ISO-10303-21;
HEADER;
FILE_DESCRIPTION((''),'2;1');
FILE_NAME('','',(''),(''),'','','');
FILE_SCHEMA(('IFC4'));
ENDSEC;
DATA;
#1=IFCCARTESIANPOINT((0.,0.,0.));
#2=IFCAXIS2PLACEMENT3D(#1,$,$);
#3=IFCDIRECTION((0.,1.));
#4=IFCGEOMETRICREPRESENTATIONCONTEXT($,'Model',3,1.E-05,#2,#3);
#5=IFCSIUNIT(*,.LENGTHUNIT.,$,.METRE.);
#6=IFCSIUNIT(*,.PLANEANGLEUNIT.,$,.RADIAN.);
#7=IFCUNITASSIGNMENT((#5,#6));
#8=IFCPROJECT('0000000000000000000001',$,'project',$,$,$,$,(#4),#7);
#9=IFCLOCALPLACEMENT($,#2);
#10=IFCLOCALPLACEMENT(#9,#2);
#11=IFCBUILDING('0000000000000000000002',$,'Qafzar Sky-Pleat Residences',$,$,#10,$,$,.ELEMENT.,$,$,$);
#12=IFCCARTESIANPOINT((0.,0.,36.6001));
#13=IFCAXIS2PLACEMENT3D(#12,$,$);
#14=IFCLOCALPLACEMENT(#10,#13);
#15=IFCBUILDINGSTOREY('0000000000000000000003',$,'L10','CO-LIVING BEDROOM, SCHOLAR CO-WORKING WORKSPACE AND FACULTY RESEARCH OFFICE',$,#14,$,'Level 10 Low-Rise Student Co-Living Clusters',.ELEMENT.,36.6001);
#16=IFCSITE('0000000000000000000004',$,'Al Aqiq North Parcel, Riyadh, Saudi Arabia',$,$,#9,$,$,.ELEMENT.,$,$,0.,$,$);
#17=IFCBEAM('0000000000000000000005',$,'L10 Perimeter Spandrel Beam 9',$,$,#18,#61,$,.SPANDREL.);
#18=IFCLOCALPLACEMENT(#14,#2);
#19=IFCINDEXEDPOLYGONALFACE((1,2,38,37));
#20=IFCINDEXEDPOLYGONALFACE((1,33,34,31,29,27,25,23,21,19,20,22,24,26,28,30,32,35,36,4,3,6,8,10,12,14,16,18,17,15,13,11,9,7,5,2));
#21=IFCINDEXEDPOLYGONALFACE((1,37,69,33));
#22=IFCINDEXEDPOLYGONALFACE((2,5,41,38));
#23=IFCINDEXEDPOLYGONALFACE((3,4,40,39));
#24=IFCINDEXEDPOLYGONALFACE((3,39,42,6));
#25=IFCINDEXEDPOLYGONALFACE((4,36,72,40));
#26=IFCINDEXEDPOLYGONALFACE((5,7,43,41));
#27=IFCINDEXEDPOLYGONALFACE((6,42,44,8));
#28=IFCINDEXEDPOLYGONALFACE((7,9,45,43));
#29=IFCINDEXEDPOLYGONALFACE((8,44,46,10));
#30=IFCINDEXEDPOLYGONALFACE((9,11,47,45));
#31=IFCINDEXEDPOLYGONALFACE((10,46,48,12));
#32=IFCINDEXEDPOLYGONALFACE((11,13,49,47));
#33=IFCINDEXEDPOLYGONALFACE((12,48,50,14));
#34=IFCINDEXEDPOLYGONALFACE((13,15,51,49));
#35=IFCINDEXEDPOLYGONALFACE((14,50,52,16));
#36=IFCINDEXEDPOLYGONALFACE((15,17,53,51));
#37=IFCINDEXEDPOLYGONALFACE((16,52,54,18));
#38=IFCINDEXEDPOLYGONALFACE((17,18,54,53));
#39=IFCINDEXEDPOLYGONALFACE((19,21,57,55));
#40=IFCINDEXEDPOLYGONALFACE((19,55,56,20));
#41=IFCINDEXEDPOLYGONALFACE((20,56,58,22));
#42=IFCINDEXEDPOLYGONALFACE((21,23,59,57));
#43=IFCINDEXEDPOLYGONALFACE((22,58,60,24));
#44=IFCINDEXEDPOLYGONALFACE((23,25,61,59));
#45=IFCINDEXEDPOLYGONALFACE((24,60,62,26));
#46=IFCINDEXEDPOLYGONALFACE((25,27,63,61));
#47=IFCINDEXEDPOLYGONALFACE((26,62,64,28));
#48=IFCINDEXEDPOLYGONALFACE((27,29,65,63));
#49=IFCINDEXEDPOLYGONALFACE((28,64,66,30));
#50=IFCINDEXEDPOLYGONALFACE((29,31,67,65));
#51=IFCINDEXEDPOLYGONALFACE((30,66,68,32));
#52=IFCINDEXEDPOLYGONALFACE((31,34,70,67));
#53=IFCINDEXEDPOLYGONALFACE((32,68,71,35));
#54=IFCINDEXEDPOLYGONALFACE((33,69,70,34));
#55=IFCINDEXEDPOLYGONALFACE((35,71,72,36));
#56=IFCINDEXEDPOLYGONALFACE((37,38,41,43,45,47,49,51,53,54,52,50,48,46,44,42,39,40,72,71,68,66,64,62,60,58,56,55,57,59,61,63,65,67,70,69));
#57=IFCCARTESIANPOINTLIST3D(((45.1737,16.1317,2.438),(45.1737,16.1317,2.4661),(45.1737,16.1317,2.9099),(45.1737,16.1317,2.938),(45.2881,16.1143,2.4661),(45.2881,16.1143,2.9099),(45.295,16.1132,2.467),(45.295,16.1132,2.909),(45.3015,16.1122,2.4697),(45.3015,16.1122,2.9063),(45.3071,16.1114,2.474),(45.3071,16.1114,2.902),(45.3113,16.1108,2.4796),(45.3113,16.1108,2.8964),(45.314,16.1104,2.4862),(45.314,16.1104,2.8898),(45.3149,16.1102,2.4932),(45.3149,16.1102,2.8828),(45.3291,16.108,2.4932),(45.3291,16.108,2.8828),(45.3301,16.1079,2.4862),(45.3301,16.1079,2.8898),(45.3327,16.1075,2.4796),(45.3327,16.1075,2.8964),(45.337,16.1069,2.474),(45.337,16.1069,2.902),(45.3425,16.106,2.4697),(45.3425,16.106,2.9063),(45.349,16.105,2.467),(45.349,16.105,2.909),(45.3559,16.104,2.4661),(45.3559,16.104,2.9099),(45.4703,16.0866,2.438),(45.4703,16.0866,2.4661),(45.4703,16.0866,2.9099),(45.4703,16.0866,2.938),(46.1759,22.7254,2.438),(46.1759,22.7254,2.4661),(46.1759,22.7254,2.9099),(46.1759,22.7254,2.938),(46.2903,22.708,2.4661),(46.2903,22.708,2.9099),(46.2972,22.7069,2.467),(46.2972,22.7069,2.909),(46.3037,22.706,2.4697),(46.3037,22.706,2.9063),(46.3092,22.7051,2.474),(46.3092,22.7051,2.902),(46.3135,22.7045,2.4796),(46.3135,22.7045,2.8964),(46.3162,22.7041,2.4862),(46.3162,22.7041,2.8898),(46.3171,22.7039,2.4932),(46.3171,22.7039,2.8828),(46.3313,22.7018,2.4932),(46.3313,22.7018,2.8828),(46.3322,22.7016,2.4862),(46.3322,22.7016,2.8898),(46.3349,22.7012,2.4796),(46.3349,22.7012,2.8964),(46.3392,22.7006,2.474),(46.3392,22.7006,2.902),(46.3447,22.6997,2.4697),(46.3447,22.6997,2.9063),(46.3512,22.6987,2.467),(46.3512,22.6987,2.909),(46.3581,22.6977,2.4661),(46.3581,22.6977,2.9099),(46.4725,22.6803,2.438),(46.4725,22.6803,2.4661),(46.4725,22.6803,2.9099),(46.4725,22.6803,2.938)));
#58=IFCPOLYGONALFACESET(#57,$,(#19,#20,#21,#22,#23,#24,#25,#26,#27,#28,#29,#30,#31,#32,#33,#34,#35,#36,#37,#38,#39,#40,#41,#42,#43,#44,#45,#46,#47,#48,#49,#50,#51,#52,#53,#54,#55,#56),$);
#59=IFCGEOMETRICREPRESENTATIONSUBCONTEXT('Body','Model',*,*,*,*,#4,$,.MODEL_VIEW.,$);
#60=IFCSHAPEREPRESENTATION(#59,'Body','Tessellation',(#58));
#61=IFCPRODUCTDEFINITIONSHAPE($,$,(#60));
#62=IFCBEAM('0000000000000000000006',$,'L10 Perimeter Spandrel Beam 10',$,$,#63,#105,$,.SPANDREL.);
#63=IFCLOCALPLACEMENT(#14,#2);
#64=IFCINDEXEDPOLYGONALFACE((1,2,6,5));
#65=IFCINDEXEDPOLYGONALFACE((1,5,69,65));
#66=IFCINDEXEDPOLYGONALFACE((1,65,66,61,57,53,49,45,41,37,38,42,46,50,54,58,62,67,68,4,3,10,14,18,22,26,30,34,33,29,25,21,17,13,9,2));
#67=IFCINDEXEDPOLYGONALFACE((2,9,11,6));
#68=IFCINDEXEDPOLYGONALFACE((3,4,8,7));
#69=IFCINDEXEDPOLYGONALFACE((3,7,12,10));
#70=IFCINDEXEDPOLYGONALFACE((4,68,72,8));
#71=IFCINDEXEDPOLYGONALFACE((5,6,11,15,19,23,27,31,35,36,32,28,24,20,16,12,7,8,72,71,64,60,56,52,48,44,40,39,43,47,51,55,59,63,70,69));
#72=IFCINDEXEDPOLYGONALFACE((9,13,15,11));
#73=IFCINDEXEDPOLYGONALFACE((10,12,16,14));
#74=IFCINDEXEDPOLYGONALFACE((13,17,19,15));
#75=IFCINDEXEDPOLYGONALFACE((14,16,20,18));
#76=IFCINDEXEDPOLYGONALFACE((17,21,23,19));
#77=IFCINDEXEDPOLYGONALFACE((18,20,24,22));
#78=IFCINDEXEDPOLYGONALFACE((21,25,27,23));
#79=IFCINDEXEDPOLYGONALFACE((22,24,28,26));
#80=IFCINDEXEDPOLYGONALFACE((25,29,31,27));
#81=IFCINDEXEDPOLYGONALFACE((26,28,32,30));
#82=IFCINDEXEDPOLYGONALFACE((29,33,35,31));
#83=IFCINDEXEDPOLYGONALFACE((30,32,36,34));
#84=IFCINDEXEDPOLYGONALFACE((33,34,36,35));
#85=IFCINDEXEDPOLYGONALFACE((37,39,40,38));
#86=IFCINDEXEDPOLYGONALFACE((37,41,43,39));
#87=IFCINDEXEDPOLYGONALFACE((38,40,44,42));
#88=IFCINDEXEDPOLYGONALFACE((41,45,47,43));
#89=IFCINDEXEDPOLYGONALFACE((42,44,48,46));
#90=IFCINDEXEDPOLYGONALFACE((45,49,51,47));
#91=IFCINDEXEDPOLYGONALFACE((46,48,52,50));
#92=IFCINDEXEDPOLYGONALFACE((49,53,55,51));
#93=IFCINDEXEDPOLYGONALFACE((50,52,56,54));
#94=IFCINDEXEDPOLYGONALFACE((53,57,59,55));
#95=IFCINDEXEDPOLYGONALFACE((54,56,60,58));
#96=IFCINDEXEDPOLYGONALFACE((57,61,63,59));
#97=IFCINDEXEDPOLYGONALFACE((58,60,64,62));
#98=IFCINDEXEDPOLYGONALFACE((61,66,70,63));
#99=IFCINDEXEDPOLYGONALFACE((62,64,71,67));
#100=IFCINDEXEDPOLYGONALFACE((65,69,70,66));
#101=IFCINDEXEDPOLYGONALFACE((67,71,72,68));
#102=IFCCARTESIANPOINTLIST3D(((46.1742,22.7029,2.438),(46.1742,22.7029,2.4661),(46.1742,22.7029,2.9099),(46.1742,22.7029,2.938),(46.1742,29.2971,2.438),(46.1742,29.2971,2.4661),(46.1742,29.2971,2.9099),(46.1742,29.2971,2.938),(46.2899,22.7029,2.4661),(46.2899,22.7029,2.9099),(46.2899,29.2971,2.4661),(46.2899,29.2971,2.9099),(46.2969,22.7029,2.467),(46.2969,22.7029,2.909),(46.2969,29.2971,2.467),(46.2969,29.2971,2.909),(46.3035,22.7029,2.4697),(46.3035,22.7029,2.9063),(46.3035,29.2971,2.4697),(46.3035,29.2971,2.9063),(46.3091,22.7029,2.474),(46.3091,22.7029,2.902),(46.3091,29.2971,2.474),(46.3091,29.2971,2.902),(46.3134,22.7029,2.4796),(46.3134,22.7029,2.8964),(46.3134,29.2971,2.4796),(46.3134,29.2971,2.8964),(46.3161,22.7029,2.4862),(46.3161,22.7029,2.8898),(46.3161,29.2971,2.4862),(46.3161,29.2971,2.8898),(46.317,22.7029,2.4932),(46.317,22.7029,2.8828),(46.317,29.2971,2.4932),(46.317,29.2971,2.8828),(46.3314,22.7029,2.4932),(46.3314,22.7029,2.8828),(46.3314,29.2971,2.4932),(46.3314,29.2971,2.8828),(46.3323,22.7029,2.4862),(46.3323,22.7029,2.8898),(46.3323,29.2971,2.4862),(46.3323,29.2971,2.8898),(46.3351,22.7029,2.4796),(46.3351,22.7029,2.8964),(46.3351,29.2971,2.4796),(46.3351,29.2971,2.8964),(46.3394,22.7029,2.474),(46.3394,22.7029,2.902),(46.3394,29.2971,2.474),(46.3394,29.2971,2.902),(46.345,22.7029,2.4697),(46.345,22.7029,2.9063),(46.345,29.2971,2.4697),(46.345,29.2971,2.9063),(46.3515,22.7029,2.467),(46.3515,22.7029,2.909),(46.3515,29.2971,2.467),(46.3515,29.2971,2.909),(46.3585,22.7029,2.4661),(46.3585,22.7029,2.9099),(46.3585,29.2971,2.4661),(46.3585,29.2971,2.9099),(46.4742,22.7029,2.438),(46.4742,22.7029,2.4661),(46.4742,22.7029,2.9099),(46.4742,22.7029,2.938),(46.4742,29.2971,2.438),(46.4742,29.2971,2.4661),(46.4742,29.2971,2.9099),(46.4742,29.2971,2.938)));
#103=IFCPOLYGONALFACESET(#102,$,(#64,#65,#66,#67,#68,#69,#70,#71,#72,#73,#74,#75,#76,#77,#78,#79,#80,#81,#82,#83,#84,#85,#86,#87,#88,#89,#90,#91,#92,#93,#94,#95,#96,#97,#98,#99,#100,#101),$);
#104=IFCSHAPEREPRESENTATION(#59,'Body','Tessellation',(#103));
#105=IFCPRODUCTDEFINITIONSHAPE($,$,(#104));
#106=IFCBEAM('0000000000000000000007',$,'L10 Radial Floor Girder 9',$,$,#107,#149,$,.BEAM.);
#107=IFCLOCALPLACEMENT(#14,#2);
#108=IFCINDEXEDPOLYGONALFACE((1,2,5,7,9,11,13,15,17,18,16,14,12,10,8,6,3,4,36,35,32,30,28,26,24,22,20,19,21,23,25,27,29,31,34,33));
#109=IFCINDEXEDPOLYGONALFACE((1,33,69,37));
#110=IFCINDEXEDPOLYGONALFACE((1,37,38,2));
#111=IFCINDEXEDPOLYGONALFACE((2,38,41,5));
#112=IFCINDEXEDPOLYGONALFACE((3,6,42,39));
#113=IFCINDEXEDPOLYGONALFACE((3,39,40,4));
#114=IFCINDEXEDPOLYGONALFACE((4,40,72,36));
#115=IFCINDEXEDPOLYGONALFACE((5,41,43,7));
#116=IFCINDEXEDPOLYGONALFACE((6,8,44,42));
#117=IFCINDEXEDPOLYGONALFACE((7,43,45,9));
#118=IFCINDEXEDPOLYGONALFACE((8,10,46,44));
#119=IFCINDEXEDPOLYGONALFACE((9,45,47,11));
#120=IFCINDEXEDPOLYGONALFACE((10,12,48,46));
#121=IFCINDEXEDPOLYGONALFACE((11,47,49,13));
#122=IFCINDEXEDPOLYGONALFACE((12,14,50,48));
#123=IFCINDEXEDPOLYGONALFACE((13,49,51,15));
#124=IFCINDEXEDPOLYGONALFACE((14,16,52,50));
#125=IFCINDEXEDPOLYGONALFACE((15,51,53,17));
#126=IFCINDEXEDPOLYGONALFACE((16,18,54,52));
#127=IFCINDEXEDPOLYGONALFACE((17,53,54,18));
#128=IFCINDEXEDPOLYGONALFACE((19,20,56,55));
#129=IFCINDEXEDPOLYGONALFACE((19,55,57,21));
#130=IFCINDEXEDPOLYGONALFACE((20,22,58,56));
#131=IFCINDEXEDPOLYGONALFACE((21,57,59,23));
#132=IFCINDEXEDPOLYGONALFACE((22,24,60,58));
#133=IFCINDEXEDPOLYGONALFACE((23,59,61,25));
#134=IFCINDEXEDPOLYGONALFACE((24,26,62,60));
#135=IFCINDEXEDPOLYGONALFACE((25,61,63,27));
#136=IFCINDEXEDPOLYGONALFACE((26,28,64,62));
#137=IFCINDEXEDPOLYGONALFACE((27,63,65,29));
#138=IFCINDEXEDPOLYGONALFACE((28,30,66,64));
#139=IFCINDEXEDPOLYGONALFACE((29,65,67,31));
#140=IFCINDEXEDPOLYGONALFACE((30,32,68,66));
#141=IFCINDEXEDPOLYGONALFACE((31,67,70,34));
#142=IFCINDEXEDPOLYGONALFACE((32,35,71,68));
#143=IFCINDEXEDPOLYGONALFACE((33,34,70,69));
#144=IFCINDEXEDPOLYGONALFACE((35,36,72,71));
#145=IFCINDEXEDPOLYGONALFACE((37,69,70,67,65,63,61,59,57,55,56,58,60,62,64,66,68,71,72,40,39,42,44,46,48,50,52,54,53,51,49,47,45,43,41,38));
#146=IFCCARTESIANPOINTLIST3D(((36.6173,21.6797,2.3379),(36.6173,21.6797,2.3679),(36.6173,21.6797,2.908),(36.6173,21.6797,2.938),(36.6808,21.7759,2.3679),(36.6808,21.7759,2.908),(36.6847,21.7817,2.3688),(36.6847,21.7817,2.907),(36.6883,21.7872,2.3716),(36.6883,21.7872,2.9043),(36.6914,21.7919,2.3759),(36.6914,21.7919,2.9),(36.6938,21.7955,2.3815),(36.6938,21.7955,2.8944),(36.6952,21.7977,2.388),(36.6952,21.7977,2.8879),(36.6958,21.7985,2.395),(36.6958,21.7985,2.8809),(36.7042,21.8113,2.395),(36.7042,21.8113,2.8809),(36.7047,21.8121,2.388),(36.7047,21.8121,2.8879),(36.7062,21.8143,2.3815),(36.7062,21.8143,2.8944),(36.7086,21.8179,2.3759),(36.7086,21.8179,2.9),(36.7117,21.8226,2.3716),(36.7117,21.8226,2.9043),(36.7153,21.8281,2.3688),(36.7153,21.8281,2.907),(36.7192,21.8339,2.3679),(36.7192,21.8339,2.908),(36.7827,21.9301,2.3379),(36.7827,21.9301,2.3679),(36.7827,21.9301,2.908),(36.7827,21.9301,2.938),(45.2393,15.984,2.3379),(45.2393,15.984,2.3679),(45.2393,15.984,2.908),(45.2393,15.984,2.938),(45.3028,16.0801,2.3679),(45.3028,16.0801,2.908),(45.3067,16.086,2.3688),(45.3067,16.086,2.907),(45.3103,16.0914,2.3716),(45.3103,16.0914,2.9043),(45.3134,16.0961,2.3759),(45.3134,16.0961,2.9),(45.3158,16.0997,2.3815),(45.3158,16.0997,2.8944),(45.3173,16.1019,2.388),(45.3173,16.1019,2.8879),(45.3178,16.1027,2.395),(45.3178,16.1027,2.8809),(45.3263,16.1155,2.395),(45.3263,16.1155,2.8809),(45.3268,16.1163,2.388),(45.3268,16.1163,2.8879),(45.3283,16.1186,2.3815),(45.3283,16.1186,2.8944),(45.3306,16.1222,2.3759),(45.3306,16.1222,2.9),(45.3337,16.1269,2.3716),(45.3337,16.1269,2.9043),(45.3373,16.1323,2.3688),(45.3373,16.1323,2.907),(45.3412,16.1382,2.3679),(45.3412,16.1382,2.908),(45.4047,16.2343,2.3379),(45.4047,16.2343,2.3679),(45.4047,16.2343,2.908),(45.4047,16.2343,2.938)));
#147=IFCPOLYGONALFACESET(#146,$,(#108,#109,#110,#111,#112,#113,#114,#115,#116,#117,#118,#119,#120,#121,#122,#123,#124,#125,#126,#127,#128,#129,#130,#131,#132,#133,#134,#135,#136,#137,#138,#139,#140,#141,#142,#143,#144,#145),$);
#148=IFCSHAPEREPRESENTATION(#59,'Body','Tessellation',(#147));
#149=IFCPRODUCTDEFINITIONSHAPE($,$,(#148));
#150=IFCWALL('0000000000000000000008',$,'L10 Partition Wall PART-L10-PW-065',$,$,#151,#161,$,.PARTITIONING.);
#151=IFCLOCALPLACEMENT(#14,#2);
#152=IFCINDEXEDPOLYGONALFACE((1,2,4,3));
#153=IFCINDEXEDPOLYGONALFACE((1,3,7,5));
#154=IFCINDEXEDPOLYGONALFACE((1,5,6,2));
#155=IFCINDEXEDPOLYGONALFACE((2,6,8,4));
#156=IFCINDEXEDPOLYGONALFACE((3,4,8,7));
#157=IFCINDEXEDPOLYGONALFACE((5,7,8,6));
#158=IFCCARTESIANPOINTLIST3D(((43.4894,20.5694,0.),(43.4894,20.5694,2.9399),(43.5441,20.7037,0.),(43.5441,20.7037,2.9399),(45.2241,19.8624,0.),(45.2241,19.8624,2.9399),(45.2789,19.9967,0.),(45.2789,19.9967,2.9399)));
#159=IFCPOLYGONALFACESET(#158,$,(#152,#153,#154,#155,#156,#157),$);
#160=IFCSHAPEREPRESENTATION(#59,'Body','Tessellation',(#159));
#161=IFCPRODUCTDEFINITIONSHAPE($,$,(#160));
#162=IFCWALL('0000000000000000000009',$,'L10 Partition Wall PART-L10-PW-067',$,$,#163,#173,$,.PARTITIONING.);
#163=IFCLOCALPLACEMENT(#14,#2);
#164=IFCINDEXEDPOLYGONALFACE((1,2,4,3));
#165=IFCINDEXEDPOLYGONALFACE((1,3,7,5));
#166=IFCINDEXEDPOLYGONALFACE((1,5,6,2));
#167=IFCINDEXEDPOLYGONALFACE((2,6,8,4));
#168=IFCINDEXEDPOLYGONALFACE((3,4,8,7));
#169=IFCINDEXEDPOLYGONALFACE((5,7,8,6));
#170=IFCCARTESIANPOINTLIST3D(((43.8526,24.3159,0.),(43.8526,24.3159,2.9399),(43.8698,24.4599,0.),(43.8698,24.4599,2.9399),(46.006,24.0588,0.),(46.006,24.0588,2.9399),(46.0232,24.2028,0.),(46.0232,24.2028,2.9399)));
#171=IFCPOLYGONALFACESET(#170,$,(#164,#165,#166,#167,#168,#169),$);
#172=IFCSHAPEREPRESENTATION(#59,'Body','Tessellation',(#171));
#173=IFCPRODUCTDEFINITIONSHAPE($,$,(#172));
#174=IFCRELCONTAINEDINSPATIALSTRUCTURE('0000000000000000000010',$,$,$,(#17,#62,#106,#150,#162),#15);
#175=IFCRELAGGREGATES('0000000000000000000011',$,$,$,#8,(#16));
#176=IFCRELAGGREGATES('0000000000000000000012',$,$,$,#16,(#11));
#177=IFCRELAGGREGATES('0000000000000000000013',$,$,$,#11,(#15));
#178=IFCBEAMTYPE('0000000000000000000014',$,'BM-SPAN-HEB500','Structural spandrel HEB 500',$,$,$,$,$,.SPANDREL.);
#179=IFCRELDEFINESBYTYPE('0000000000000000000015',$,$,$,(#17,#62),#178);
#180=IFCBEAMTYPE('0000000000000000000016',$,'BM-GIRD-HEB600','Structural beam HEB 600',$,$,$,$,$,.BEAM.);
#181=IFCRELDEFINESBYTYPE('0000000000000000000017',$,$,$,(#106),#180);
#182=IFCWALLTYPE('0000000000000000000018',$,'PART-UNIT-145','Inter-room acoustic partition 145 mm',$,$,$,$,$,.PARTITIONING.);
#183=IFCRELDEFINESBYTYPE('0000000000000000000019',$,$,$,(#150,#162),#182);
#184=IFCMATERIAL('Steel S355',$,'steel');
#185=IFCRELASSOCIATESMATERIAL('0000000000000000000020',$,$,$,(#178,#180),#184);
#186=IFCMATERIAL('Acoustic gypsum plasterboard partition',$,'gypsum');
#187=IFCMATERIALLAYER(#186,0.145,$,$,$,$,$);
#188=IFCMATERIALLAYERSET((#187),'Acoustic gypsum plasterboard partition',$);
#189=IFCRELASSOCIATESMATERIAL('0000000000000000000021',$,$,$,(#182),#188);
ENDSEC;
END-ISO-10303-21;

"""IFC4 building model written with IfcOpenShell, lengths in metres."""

from ifc_helpers import new_model, si_unit, direction, frame, frame_2d, origin, origin_2d, place, context, subcontext, project, spatial, rectangle, i_section, extrude, source, transform, mapped, material, layer, layer_set, material_profile, profile_set, type_object, element, save


model = new_model("IFC4")

# Units and contexts
model_context = context("Model", 3, precision=1e-05, world=origin(), true_north=direction((0.0, 1.0)))
body_context = subcontext(model_context, "Body", "Model", "MODEL_VIEW")
ifc_project = project(units=[si_unit("LENGTHUNIT", "METRE"), si_unit("PLANEANGLEUNIT", "RADIAN")], contexts=[model_context])

# Site, building, storey
site_placement = place(None, origin())
site = spatial("IfcSite", under=ifc_project, at=site_placement, Name="Al Aqiq North Parcel, Riyadh, Saudi Arabia", CompositionType="ELEMENT", RefElevation=0.0)
building_placement = place(site_placement, origin())
building = spatial("IfcBuilding", under=site, at=building_placement, Name="Qafzar Sky-Pleat Residences", CompositionType="ELEMENT")
storey_placement = place(building_placement, frame((0.0, 0.0, 36.6001)))
storey = spatial("IfcBuildingStorey", under=building, at=storey_placement, Name="L10", Description="CO-LIVING BEDROOM, SCHOLAR CO-WORKING WORKSPACE AND FACULTY RESEARCH OFFICE", LongName="Level 10 Low-Rise Student Co-Living Clusters", CompositionType="ELEMENT", Elevation=36.6001)

# Beams
ifc_material_1 = material(Name="Steel S355", Category="steel")
ifc_material_profile_1 = material_profile(ifc_material_1, i_section(OverallWidth=0.3, OverallDepth=0.5, WebThickness=0.0144, FlangeThickness=0.0281, FilletRadius=0.0271, at=origin_2d()), Name="HEB 500")
ifc_profile_set_1 = profile_set([ifc_material_profile_1], Name="Steel S355")
beam_type_1 = type_object("IfcBeamType", Name="BM-SPAN-HEB500", Description="Structural spandrel HEB 500", PredefinedType="SPANDREL", material=ifc_profile_set_1)
shared_shape_1 = source(origin(), body_context, "Body", "SweptSolid", [
    extrude(i_section(OverallWidth=0.3, OverallDepth=0.5, WebThickness=0.0144, FlangeThickness=0.0281, FilletRadius=0.0271, at=origin_2d()), origin(), (0.0, 0.0, 1.0), 6.6694),
])
beam_1_placement = place(storey_placement, frame((45.322, 16.1091, 2.688), z_axis=(0.150266, 0.988646, 0.0), x_axis=(-0.988646, 0.150266, 0.0)))
element("IfcBeam", 1, at=beam_1_placement, inside=storey, type_object=beam_type_1, Name="L10 Perimeter Spandrel Beam 9", PredefinedType="SPANDREL", context=body_context, shape_type="MappedRepresentation", body=[
    mapped(shared_shape_1, transform((0.0, 0.0, 0.0), x_axis=(1.0, 0.0, 0.0), y_axis=(0.0, 1.0, 0.0), z_axis=(0.0, 0.0, 1.0), scale=1.0)),
])
shared_shape_2 = source(origin(), body_context, "Body", "SweptSolid", [
    extrude(i_section(OverallWidth=0.3, OverallDepth=0.5, WebThickness=0.0144, FlangeThickness=0.0281, FilletRadius=0.0271, at=origin_2d()), origin(), (0.0, 0.0, 1.0), 6.5942),
])
beam_2_placement = place(storey_placement, frame((46.3242, 22.7029, 2.688), z_axis=(0.0, 1.0, 0.0), x_axis=(-1.0, 0.0, 0.0)))
element("IfcBeam", 2, at=beam_2_placement, inside=storey, type_object=beam_type_1, Name="L10 Perimeter Spandrel Beam 10", PredefinedType="SPANDREL", context=body_context, shape_type="MappedRepresentation", body=[
    mapped(shared_shape_2, transform((0.0, 0.0, 0.0), x_axis=(1.0, 0.0, 0.0), y_axis=(0.0, 1.0, 0.0), z_axis=(0.0, 0.0, 1.0), scale=1.0)),
])
ifc_material_profile_2 = material_profile(ifc_material_1, i_section(OverallWidth=0.3, OverallDepth=0.6001, WebThickness=0.0154, FlangeThickness=0.03, FilletRadius=0.0271, at=origin_2d()), Name="HEB 600")
ifc_profile_set_2 = profile_set([ifc_material_profile_2], Name="Steel S355")
beam_type_2 = type_object("IfcBeamType", Name="BM-GIRD-HEB600", Description="Structural beam HEB 600", PredefinedType="BEAM", material=ifc_profile_set_2)
shared_shape_3 = source(origin(), body_context, "Body", "SweptSolid", [
    extrude(i_section(OverallWidth=0.3, OverallDepth=0.6001, WebThickness=0.0154, FlangeThickness=0.03, FilletRadius=0.0271, at=origin_2d()), origin(), (0.0, 0.0, 1.0), 10.3335),
])
beam_3_placement = place(storey_placement, frame((45.322, 16.1091, 2.6379), z_axis=(-0.834376, 0.551195, 0.0), x_axis=(-0.551195, -0.834376, 0.0)))
element("IfcBeam", 3, at=beam_3_placement, inside=storey, type_object=beam_type_2, Name="L10 Radial Floor Girder 9", PredefinedType="BEAM", context=body_context, shape_type="MappedRepresentation", body=[
    mapped(shared_shape_3, transform((0.0, 0.0, 0.0), x_axis=(1.0, 0.0, 0.0), y_axis=(0.0, 1.0, 0.0), z_axis=(0.0, 0.0, 1.0), scale=1.0)),
])

# Walls
ifc_material_2 = material(Name="Acoustic gypsum plasterboard partition", Category="gypsum")
ifc_layer_1 = layer(ifc_material_2, 0.145)
ifc_layer_set_1 = layer_set([ifc_layer_1], Name="Acoustic gypsum plasterboard partition")
wall_type_1 = type_object("IfcWallType", Name="PART-UNIT-145", Description="Inter-room acoustic partition 145 mm", PredefinedType="PARTITIONING", material=ifc_layer_set_1)
wall_1_placement = place(storey_placement, frame((43.5168, 20.6365, 0.0), z_axis=(0.0, 0.0, 1.0), x_axis=(0.926049, -0.377405, 0.0)))
element("IfcWall", 4, at=wall_1_placement, inside=storey, type_object=wall_type_1, Name="L10 Partition Wall PART-L10-PW-065", PredefinedType="PARTITIONING", context=body_context, shape_type="SweptSolid", body=[
    extrude(rectangle(XDim=1.8733, YDim=0.145, at=frame_2d((0.9365, 0.0))), origin(), (0.0, 0.0, 1.0), 2.9399),
])
wall_2_placement = place(storey_placement, frame((43.8611, 24.3879, 0.0), z_axis=(0.0, 0.0, 1.0), x_axis=(0.992949, -0.118546, 0.0)))
element("IfcWall", 5, at=wall_2_placement, inside=storey, type_object=wall_type_1, Name="L10 Partition Wall PART-L10-PW-067", PredefinedType="PARTITIONING", context=body_context, shape_type="SweptSolid", body=[
    extrude(rectangle(XDim=2.1687, YDim=0.145, at=frame_2d((1.0845, 0.0))), origin(), (0.0, 0.0, 1.0), 2.9399),
])

save(model, "model.ifc")
